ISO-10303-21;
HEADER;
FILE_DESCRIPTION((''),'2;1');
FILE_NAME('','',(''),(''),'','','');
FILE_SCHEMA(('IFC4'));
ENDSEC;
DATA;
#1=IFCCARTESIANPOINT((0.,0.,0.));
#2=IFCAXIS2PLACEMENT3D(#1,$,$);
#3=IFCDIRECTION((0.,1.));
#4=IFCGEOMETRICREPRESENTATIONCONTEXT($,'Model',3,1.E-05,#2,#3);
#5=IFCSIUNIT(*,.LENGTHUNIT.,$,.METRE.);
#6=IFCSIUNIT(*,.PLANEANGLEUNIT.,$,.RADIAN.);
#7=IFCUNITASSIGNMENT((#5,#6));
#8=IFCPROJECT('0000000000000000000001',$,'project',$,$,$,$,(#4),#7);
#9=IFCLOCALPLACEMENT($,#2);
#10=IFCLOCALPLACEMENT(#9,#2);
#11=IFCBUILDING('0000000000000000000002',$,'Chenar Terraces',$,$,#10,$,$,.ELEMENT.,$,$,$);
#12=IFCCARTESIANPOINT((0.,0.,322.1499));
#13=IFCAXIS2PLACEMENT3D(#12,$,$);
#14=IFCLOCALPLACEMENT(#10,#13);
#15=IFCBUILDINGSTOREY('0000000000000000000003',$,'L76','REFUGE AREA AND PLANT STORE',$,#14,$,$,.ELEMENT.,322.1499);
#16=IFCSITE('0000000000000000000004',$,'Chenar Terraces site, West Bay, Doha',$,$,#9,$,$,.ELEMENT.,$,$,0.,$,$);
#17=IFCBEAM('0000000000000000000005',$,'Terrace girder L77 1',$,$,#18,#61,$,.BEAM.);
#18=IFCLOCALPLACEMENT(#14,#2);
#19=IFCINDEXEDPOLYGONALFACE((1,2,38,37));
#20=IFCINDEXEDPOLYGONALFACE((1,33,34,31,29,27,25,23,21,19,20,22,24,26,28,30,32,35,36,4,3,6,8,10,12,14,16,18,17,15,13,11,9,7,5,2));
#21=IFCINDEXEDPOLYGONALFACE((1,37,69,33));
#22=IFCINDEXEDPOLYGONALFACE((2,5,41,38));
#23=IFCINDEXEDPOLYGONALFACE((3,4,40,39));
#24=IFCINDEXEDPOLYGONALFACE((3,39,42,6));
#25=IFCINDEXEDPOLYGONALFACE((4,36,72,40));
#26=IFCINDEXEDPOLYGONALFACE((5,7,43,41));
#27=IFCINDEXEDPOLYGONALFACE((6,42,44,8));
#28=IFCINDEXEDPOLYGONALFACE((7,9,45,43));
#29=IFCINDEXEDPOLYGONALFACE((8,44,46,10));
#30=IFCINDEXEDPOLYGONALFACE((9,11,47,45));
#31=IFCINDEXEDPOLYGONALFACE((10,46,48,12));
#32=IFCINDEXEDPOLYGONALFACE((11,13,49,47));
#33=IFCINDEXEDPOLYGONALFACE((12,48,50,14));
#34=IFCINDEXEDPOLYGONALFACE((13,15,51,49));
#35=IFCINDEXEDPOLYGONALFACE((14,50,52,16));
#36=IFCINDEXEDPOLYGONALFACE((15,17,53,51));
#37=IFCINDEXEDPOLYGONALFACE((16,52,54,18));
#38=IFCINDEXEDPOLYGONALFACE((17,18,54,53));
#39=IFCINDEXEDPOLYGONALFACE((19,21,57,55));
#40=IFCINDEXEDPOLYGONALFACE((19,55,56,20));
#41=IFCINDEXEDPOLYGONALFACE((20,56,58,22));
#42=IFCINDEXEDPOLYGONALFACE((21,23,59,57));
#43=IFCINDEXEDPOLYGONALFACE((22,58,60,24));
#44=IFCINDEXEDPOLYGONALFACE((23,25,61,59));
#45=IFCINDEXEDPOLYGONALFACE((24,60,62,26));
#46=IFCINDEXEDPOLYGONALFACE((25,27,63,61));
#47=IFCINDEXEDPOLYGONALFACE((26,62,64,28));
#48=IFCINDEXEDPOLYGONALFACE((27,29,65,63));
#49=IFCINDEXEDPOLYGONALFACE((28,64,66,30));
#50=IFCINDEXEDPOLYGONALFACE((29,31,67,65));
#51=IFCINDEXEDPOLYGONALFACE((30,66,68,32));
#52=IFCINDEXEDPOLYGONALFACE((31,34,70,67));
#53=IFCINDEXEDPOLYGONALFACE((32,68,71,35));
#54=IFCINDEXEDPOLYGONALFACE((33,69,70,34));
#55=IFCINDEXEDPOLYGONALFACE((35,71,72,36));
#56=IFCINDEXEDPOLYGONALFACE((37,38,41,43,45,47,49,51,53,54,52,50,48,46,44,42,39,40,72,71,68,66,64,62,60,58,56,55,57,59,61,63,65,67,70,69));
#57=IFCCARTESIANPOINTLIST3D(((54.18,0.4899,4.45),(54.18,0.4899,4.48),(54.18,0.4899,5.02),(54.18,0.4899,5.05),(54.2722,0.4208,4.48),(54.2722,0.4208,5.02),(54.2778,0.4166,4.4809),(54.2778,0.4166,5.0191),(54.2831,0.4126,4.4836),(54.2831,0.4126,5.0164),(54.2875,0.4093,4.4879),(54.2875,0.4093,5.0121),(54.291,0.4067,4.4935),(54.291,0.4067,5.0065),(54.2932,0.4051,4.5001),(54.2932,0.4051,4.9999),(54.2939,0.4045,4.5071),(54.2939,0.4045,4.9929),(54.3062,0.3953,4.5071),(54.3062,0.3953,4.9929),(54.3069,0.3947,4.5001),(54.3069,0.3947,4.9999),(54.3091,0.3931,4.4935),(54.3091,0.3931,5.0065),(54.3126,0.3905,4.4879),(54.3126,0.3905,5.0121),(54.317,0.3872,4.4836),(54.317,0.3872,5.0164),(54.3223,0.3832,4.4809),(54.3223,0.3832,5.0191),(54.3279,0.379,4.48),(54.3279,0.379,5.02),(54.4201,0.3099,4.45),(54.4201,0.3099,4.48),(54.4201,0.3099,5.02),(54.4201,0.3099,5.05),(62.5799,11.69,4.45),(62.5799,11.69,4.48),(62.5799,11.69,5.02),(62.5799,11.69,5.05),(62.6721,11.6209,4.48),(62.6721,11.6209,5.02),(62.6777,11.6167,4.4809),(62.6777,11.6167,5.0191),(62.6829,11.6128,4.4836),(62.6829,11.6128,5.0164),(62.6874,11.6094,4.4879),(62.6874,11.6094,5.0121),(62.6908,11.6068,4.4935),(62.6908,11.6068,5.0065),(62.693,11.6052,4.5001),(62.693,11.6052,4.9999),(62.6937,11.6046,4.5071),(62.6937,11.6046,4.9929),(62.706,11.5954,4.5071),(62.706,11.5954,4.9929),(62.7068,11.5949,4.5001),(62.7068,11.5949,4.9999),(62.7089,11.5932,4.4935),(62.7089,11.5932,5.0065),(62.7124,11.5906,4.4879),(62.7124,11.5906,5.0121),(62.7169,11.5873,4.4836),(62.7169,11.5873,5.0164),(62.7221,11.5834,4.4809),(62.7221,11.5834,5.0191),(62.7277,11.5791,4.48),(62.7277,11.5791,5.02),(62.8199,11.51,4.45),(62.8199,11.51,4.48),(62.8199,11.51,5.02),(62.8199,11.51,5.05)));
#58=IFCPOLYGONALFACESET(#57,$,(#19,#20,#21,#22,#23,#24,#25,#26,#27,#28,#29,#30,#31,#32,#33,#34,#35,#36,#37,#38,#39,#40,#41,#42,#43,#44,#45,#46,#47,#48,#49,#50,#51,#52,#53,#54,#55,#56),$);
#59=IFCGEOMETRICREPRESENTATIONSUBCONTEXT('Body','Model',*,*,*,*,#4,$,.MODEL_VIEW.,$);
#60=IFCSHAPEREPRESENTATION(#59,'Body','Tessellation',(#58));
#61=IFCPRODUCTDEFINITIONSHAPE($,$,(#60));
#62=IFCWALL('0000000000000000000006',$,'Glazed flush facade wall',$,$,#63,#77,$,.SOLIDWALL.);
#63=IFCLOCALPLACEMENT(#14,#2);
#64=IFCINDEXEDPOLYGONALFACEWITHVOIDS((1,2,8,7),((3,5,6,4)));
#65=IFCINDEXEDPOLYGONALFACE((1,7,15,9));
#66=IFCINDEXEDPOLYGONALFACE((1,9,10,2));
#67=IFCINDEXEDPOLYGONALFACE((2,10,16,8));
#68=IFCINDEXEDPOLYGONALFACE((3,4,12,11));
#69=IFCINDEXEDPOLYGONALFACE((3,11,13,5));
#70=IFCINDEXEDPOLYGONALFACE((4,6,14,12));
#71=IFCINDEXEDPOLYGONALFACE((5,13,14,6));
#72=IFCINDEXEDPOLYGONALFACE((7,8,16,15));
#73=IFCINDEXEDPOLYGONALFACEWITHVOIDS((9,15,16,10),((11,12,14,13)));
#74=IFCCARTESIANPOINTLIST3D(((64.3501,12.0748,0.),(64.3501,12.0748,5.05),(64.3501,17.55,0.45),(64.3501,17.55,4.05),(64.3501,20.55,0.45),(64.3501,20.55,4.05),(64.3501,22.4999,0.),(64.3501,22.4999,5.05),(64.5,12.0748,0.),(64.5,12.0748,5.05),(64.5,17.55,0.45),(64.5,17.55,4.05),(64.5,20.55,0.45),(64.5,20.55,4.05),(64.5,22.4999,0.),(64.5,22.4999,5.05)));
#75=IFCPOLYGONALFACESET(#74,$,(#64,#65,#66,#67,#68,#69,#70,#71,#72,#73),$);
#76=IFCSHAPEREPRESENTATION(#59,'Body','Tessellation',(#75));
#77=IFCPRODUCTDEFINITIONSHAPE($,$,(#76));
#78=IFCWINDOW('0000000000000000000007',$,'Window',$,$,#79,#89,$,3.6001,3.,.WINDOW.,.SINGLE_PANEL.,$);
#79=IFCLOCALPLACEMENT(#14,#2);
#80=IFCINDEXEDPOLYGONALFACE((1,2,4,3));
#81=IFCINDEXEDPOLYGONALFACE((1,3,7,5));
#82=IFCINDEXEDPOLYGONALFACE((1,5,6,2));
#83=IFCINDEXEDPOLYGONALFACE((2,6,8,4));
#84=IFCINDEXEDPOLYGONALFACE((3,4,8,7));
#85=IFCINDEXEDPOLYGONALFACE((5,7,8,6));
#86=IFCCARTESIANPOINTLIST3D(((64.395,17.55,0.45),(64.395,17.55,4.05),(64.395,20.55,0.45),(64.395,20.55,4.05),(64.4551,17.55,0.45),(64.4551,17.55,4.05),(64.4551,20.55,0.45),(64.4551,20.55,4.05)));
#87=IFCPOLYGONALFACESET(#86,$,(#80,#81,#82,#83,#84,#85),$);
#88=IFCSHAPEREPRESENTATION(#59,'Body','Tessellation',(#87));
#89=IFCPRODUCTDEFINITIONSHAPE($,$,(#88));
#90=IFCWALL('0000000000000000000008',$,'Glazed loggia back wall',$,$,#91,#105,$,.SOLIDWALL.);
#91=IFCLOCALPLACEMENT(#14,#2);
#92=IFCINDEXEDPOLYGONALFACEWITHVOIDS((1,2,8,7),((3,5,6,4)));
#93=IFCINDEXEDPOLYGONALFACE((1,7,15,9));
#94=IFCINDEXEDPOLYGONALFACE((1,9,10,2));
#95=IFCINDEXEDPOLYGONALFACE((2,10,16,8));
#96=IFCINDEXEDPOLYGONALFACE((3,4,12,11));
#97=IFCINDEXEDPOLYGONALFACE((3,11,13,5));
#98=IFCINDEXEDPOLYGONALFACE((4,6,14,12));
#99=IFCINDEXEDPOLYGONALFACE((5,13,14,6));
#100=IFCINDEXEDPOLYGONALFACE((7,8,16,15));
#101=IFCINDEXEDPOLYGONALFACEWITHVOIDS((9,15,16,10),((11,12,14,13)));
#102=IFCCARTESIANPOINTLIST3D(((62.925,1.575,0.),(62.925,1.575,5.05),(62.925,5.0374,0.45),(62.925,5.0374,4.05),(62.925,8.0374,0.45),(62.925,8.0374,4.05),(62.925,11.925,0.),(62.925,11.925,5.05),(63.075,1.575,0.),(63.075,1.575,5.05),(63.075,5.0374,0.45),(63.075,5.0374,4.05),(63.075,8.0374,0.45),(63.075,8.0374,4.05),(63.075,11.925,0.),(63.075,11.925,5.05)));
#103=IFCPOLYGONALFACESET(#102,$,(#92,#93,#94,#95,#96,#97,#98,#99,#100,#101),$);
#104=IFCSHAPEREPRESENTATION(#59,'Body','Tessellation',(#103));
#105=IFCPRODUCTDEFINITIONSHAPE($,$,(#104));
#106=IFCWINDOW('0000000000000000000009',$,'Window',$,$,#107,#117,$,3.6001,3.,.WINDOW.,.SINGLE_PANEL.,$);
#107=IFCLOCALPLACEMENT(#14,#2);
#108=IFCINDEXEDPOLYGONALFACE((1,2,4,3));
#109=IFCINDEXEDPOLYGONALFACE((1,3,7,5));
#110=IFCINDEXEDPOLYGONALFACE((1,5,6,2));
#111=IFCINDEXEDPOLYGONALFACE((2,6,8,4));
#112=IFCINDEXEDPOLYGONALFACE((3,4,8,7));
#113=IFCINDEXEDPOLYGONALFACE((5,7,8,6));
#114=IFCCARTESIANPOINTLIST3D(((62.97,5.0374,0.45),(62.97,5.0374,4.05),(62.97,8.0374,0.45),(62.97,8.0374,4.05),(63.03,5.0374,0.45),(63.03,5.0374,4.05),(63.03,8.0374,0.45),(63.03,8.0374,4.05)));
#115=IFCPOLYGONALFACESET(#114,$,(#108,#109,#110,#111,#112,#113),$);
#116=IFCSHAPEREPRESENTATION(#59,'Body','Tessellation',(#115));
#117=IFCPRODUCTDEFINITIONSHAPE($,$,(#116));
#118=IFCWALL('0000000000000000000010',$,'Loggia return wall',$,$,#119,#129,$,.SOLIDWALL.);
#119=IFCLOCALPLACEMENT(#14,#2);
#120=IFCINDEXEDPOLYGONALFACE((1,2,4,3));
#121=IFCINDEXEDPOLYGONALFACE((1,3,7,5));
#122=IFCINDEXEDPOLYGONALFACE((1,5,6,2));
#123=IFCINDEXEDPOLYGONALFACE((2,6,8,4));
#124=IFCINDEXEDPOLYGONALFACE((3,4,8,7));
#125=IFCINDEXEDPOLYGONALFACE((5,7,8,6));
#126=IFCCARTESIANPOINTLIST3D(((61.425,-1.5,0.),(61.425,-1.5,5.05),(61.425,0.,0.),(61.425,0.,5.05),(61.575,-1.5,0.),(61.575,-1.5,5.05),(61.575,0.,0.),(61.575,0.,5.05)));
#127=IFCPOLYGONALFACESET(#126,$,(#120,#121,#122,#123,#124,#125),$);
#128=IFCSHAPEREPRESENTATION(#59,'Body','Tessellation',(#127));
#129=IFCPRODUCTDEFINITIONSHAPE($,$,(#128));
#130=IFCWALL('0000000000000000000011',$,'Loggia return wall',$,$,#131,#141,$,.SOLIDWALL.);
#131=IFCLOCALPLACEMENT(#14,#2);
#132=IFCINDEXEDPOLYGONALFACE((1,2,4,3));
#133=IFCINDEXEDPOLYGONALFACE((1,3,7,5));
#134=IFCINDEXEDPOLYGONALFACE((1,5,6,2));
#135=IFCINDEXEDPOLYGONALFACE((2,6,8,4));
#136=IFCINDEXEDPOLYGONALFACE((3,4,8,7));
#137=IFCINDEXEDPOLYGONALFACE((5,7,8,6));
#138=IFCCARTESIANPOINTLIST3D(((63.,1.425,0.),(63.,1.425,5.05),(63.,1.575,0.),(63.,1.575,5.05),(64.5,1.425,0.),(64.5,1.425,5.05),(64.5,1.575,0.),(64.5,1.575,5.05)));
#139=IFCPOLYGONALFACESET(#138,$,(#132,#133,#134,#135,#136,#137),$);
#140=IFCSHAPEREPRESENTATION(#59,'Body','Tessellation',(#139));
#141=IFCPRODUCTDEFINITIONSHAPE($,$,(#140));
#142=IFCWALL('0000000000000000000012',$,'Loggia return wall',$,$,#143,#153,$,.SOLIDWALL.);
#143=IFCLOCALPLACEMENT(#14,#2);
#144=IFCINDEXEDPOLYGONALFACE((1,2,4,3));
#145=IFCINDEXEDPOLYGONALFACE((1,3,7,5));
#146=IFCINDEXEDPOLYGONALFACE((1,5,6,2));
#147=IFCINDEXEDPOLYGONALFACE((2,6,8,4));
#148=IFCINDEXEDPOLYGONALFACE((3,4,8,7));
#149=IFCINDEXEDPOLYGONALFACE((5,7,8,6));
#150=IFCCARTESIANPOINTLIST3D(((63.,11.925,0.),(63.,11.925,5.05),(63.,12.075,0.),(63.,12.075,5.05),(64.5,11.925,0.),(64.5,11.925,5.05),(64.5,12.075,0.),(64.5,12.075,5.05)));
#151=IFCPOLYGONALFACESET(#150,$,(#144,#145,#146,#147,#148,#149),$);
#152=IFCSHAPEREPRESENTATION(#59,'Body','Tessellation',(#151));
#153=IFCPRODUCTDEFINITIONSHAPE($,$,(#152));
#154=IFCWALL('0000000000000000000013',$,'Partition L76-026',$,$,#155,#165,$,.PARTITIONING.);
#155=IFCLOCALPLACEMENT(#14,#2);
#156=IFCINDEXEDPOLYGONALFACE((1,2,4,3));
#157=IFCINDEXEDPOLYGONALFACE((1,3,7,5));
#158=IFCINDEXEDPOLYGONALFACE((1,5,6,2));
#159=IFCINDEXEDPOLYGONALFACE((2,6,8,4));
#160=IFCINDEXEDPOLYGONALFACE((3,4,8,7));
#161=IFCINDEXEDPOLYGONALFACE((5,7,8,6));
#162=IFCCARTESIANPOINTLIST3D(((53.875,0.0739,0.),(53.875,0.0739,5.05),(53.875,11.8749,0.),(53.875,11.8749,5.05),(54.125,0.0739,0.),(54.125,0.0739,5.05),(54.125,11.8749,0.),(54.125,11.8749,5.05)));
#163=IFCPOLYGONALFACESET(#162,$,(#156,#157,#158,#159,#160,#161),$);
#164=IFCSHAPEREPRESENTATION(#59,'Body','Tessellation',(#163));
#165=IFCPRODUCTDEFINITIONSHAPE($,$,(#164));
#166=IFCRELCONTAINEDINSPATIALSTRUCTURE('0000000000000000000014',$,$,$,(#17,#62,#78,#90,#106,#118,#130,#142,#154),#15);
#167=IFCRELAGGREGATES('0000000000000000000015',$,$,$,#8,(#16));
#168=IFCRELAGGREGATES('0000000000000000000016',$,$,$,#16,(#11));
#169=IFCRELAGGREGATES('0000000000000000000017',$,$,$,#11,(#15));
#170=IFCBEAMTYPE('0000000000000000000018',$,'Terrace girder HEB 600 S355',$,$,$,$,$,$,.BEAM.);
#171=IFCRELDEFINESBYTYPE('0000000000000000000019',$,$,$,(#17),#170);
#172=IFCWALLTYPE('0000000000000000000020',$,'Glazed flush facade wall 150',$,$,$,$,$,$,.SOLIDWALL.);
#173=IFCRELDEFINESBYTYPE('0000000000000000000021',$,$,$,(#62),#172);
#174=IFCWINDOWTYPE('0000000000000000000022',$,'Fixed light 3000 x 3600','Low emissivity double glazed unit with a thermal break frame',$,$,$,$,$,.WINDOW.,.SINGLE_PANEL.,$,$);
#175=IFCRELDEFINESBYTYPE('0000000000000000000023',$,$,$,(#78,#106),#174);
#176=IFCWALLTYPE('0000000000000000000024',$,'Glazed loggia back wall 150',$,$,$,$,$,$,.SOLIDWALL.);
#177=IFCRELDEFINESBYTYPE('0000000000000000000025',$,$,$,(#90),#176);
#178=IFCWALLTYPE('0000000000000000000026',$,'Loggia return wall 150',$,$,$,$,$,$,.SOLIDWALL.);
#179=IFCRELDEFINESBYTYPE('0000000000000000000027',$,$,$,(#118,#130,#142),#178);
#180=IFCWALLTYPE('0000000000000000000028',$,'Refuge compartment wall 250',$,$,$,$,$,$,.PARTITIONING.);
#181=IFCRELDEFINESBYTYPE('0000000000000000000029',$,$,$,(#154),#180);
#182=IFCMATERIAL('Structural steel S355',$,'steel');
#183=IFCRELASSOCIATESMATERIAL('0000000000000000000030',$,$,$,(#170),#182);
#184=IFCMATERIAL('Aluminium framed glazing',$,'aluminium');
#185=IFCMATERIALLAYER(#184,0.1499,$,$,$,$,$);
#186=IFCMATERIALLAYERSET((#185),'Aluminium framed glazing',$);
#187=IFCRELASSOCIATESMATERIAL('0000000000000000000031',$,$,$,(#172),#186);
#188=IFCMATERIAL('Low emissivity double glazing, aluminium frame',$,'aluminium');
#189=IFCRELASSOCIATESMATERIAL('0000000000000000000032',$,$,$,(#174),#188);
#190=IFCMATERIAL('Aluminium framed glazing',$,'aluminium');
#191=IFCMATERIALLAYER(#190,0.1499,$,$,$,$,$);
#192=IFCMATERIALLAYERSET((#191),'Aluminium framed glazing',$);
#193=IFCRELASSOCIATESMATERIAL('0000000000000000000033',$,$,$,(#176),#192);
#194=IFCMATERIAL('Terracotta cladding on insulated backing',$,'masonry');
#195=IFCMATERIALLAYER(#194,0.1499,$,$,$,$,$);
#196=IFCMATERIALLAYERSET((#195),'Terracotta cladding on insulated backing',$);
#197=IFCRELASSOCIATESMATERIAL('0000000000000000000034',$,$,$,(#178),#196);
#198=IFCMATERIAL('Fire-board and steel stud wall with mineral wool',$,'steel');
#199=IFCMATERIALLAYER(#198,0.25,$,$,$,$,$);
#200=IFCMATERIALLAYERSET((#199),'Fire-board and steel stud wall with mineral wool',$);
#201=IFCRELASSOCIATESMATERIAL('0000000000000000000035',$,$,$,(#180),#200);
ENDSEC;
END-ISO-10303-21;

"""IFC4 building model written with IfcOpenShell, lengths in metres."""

from ifc_helpers import new_model, si_unit, direction, frame, frame_2d, origin, origin_2d, place, context, subcontext, project, spatial, rectangle, i_section, extrude, material, layer, layer_set, material_profile, profile_set, type_object, element, fill, save


model = new_model("IFC4")

# Units and contexts
model_context = context("Model", 3, precision=1e-05, world=origin(), true_north=direction((0.0, 1.0)))
body_context = subcontext(model_context, "Body", "Model", "MODEL_VIEW")
ifc_project = project(units=[si_unit("LENGTHUNIT", "METRE"), si_unit("PLANEANGLEUNIT", "RADIAN")], contexts=[model_context])

# Site, building, storey
site_placement = place(None, origin())
site = spatial("IfcSite", under=ifc_project, at=site_placement, Name="Chenar Terraces site, West Bay, Doha", CompositionType="ELEMENT", RefElevation=0.0)
building_placement = place(site_placement, origin())
building = spatial("IfcBuilding", under=site, at=building_placement, Name="Chenar Terraces", CompositionType="ELEMENT")
storey_placement = place(building_placement, frame((0.0, 0.0, 322.1499)))
storey = spatial("IfcBuildingStorey", under=building, at=storey_placement, Name="L76", Description="REFUGE AREA AND PLANT STORE", CompositionType="ELEMENT", Elevation=322.1499)

# Beam
ifc_material_1 = material(Name="Structural steel S355", Category="steel")
ifc_material_profile_1 = material_profile(ifc_material_1, i_section(OverallWidth=0.3, OverallDepth=0.6001, WebThickness=0.0154, FlangeThickness=0.03, FilletRadius=0.0271, at=origin_2d()), Name="HEB 600")
ifc_profile_set_1 = profile_set([ifc_material_profile_1], Name="Structural steel S355")
beam_type_1 = type_object("IfcBeamType", Name="Terrace girder HEB 600 S355", PredefinedType="BEAM", material=ifc_profile_set_1)
beam_placement = place(storey_placement, frame((54.3, 0.3999, 4.75), z_axis=(0.599989, 0.800008, 0.0), x_axis=(-0.800008, 0.599989, 0.0)))
element("IfcBeam", 1, at=beam_placement, inside=storey, type_object=beam_type_1, Name="Terrace girder L77 1", PredefinedType="BEAM", context=body_context, shape_type="SweptSolid", body=[
    extrude(i_section(OverallWidth=0.3, OverallDepth=0.6001, WebThickness=0.0154, FlangeThickness=0.03, FilletRadius=0.0271, at=origin_2d()), origin(), (0.0, 0.0, 1.0), 14.0),
])

# Walls, openings, windows
ifc_material_2 = material(Name="Aluminium framed glazing", Category="aluminium")
ifc_layer_1 = layer(ifc_material_2, 0.1499)
ifc_layer_set_1 = layer_set([ifc_layer_1], Name="Aluminium framed glazing")
wall_type_1 = type_object("IfcWallType", Name="Glazed flush facade wall 150", PredefinedType="SOLIDWALL", material=ifc_layer_set_1)
wall_1_placement = place(storey_placement, frame((64.425, 12.075, 0.0), z_axis=(0.0, 0.0, 1.0), x_axis=(0.0, 1.0, 0.0)))
wall_1 = element("IfcWall", 2, at=wall_1_placement, inside=storey, type_object=wall_type_1, Name="Glazed flush facade wall", PredefinedType="SOLIDWALL", context=body_context, shape_type="SweptSolid", body=[
    extrude(rectangle(XDim=10.425, YDim=0.1499, at=frame_2d((5.2124, 0.0))), origin(), (0.0, 0.0, 1.0), 5.05),
])
opening_1_placement = place(wall_1_placement, frame((5.4751, 0.0, 0.45)))
opening_1 = element("IfcOpeningElement", 3, at=opening_1_placement, cuts=wall_1, PredefinedType="OPENING", context=body_context, shape_type="SweptSolid", body=[
    extrude(rectangle(XDim=3.0, YDim=3.6001, at=frame_2d((1.5, 1.8))), frame((0.0, 0.085, 0.0), z_axis=(0.0, -1.0, 0.0), x_axis=(1.0, 0.0, 0.0)), (0.0, 0.0, 1.0), 0.1699),
])
ifc_material_3 = material(Name="Low emissivity double glazing, aluminium frame", Category="aluminium")
window_type = type_object("IfcWindowType", Name="Fixed light 3000 x 3600", Description="Low emissivity double glazed unit with a thermal break frame", PartitioningType="SINGLE_PANEL", PredefinedType="WINDOW", material=ifc_material_3)
window_1_placement = place(opening_1_placement, origin())
window_1 = element("IfcWindow", 4, at=window_1_placement, inside=storey, type_object=window_type, Name="Window", OverallHeight=3.6001, OverallWidth=3.0, PartitioningType="SINGLE_PANEL", PredefinedType="WINDOW", context=body_context, shape_type="SweptSolid", body=[
    extrude(rectangle(XDim=3.0, YDim=3.6001, at=frame_2d((1.5, 1.8))), frame((0.0, 0.03, 0.0), z_axis=(0.0, -1.0, 0.0), x_axis=(1.0, 0.0, 0.0)), (0.0, 0.0, 1.0), 0.0601),
])
fill(opening_1, window_1)
ifc_material_4 = material(Name="Aluminium framed glazing", Category="aluminium")
ifc_layer_2 = layer(ifc_material_4, 0.1499)
ifc_layer_set_2 = layer_set([ifc_layer_2], Name="Aluminium framed glazing")
wall_type_2 = type_object("IfcWallType", Name="Glazed loggia back wall 150", PredefinedType="SOLIDWALL", material=ifc_layer_set_2)
wall_2_placement = place(storey_placement, frame((63.0, 1.575, 0.0), z_axis=(0.0, 0.0, 1.0), x_axis=(0.0, 1.0, 0.0)))
wall_2 = element("IfcWall", 5, at=wall_2_placement, inside=storey, type_object=wall_type_2, Name="Glazed loggia back wall", PredefinedType="SOLIDWALL", context=body_context, shape_type="SweptSolid", body=[
    extrude(rectangle(XDim=10.3501, YDim=0.1499, at=frame_2d((5.175, 0.0))), origin(), (0.0, 0.0, 1.0), 5.05),
])
opening_2_placement = place(wall_2_placement, frame((3.4624, 0.0, 0.45)))
opening_2 = element("IfcOpeningElement", 6, at=opening_2_placement, cuts=wall_2, PredefinedType="OPENING", context=body_context, shape_type="SweptSolid", body=[
    extrude(rectangle(XDim=3.0, YDim=3.6001, at=frame_2d((1.5, 1.8))), frame((0.0, 0.085, 0.0), z_axis=(0.0, -1.0, 0.0), x_axis=(1.0, 0.0, 0.0)), (0.0, 0.0, 1.0), 0.1699),
])
window_2_placement = place(opening_2_placement, origin())
window_2 = element("IfcWindow", 7, at=window_2_placement, inside=storey, type_object=window_type, Name="Window", OverallHeight=3.6001, OverallWidth=3.0, PartitioningType="SINGLE_PANEL", PredefinedType="WINDOW", context=body_context, shape_type="SweptSolid", body=[
    extrude(rectangle(XDim=3.0, YDim=3.6001, at=frame_2d((1.5, 1.8))), frame((0.0, 0.03, 0.0), z_axis=(0.0, -1.0, 0.0), x_axis=(1.0, 0.0, 0.0)), (0.0, 0.0, 1.0), 0.0601),
])
fill(opening_2, window_2)

# Walls
ifc_material_5 = material(Name="Terracotta cladding on insulated backing", Category="masonry")
ifc_layer_3 = layer(ifc_material_5, 0.1499)
ifc_layer_set_3 = layer_set([ifc_layer_3], Name="Terracotta cladding on insulated backing")
wall_type_3 = type_object("IfcWallType", Name="Loggia return wall 150", PredefinedType="SOLIDWALL", material=ifc_layer_set_3)
for number, where, z_axis, x_axis, name in (
    (8, (61.5, -1.5, 0.0), (0.0, 0.0, 1.0), (0.0, 1.0, 0.0), "Loggia return wall"),
    (9, (64.5, 1.5, 0.0), (0.0, 0.0, 1.0), (-1.0, 0.0, 0.0), "Loggia return wall"),
    (10, (64.5, 12.0, 0.0), (0.0, 0.0, 1.0), (-1.0, 0.0, 0.0), "Loggia return wall"),
):
    element("IfcWall", number, at=place(storey_placement, frame(where, z_axis=z_axis, x_axis=x_axis)), inside=storey, type_object=wall_type_3, Name=name, PredefinedType="SOLIDWALL", context=body_context, shape_type="SweptSolid", body=[
        extrude(rectangle(XDim=1.5, YDim=0.1499, at=frame_2d((0.75, 0.0))), origin(), (0.0, 0.0, 1.0), 5.05),
    ])
ifc_material_6 = material(Name="Fire-board and steel stud wall with mineral wool", Category="steel")
ifc_layer_4 = layer(ifc_material_6, 0.25)
ifc_layer_set_4 = layer_set([ifc_layer_4], Name="Fire-board and steel stud wall with mineral wool")
wall_type_4 = type_object("IfcWallType", Name="Refuge compartment wall 250", PredefinedType="PARTITIONING", material=ifc_layer_set_4)
wall_3_placement = place(storey_placement, frame((54.0, 0.074, 0.0), z_axis=(0.0, 0.0, 1.0), x_axis=(0.0, 1.0, 0.0)))
element("IfcWall", 11, at=wall_3_placement, inside=storey, type_object=wall_type_4, Name="Partition L76-026", PredefinedType="PARTITIONING", context=body_context, shape_type="SweptSolid", body=[
    extrude(rectangle(XDim=11.801, YDim=0.25, at=frame_2d((5.9004, 0.0))), origin(), (0.0, 0.0, 1.0), 5.05),
])

save(model, "model.ifc")
